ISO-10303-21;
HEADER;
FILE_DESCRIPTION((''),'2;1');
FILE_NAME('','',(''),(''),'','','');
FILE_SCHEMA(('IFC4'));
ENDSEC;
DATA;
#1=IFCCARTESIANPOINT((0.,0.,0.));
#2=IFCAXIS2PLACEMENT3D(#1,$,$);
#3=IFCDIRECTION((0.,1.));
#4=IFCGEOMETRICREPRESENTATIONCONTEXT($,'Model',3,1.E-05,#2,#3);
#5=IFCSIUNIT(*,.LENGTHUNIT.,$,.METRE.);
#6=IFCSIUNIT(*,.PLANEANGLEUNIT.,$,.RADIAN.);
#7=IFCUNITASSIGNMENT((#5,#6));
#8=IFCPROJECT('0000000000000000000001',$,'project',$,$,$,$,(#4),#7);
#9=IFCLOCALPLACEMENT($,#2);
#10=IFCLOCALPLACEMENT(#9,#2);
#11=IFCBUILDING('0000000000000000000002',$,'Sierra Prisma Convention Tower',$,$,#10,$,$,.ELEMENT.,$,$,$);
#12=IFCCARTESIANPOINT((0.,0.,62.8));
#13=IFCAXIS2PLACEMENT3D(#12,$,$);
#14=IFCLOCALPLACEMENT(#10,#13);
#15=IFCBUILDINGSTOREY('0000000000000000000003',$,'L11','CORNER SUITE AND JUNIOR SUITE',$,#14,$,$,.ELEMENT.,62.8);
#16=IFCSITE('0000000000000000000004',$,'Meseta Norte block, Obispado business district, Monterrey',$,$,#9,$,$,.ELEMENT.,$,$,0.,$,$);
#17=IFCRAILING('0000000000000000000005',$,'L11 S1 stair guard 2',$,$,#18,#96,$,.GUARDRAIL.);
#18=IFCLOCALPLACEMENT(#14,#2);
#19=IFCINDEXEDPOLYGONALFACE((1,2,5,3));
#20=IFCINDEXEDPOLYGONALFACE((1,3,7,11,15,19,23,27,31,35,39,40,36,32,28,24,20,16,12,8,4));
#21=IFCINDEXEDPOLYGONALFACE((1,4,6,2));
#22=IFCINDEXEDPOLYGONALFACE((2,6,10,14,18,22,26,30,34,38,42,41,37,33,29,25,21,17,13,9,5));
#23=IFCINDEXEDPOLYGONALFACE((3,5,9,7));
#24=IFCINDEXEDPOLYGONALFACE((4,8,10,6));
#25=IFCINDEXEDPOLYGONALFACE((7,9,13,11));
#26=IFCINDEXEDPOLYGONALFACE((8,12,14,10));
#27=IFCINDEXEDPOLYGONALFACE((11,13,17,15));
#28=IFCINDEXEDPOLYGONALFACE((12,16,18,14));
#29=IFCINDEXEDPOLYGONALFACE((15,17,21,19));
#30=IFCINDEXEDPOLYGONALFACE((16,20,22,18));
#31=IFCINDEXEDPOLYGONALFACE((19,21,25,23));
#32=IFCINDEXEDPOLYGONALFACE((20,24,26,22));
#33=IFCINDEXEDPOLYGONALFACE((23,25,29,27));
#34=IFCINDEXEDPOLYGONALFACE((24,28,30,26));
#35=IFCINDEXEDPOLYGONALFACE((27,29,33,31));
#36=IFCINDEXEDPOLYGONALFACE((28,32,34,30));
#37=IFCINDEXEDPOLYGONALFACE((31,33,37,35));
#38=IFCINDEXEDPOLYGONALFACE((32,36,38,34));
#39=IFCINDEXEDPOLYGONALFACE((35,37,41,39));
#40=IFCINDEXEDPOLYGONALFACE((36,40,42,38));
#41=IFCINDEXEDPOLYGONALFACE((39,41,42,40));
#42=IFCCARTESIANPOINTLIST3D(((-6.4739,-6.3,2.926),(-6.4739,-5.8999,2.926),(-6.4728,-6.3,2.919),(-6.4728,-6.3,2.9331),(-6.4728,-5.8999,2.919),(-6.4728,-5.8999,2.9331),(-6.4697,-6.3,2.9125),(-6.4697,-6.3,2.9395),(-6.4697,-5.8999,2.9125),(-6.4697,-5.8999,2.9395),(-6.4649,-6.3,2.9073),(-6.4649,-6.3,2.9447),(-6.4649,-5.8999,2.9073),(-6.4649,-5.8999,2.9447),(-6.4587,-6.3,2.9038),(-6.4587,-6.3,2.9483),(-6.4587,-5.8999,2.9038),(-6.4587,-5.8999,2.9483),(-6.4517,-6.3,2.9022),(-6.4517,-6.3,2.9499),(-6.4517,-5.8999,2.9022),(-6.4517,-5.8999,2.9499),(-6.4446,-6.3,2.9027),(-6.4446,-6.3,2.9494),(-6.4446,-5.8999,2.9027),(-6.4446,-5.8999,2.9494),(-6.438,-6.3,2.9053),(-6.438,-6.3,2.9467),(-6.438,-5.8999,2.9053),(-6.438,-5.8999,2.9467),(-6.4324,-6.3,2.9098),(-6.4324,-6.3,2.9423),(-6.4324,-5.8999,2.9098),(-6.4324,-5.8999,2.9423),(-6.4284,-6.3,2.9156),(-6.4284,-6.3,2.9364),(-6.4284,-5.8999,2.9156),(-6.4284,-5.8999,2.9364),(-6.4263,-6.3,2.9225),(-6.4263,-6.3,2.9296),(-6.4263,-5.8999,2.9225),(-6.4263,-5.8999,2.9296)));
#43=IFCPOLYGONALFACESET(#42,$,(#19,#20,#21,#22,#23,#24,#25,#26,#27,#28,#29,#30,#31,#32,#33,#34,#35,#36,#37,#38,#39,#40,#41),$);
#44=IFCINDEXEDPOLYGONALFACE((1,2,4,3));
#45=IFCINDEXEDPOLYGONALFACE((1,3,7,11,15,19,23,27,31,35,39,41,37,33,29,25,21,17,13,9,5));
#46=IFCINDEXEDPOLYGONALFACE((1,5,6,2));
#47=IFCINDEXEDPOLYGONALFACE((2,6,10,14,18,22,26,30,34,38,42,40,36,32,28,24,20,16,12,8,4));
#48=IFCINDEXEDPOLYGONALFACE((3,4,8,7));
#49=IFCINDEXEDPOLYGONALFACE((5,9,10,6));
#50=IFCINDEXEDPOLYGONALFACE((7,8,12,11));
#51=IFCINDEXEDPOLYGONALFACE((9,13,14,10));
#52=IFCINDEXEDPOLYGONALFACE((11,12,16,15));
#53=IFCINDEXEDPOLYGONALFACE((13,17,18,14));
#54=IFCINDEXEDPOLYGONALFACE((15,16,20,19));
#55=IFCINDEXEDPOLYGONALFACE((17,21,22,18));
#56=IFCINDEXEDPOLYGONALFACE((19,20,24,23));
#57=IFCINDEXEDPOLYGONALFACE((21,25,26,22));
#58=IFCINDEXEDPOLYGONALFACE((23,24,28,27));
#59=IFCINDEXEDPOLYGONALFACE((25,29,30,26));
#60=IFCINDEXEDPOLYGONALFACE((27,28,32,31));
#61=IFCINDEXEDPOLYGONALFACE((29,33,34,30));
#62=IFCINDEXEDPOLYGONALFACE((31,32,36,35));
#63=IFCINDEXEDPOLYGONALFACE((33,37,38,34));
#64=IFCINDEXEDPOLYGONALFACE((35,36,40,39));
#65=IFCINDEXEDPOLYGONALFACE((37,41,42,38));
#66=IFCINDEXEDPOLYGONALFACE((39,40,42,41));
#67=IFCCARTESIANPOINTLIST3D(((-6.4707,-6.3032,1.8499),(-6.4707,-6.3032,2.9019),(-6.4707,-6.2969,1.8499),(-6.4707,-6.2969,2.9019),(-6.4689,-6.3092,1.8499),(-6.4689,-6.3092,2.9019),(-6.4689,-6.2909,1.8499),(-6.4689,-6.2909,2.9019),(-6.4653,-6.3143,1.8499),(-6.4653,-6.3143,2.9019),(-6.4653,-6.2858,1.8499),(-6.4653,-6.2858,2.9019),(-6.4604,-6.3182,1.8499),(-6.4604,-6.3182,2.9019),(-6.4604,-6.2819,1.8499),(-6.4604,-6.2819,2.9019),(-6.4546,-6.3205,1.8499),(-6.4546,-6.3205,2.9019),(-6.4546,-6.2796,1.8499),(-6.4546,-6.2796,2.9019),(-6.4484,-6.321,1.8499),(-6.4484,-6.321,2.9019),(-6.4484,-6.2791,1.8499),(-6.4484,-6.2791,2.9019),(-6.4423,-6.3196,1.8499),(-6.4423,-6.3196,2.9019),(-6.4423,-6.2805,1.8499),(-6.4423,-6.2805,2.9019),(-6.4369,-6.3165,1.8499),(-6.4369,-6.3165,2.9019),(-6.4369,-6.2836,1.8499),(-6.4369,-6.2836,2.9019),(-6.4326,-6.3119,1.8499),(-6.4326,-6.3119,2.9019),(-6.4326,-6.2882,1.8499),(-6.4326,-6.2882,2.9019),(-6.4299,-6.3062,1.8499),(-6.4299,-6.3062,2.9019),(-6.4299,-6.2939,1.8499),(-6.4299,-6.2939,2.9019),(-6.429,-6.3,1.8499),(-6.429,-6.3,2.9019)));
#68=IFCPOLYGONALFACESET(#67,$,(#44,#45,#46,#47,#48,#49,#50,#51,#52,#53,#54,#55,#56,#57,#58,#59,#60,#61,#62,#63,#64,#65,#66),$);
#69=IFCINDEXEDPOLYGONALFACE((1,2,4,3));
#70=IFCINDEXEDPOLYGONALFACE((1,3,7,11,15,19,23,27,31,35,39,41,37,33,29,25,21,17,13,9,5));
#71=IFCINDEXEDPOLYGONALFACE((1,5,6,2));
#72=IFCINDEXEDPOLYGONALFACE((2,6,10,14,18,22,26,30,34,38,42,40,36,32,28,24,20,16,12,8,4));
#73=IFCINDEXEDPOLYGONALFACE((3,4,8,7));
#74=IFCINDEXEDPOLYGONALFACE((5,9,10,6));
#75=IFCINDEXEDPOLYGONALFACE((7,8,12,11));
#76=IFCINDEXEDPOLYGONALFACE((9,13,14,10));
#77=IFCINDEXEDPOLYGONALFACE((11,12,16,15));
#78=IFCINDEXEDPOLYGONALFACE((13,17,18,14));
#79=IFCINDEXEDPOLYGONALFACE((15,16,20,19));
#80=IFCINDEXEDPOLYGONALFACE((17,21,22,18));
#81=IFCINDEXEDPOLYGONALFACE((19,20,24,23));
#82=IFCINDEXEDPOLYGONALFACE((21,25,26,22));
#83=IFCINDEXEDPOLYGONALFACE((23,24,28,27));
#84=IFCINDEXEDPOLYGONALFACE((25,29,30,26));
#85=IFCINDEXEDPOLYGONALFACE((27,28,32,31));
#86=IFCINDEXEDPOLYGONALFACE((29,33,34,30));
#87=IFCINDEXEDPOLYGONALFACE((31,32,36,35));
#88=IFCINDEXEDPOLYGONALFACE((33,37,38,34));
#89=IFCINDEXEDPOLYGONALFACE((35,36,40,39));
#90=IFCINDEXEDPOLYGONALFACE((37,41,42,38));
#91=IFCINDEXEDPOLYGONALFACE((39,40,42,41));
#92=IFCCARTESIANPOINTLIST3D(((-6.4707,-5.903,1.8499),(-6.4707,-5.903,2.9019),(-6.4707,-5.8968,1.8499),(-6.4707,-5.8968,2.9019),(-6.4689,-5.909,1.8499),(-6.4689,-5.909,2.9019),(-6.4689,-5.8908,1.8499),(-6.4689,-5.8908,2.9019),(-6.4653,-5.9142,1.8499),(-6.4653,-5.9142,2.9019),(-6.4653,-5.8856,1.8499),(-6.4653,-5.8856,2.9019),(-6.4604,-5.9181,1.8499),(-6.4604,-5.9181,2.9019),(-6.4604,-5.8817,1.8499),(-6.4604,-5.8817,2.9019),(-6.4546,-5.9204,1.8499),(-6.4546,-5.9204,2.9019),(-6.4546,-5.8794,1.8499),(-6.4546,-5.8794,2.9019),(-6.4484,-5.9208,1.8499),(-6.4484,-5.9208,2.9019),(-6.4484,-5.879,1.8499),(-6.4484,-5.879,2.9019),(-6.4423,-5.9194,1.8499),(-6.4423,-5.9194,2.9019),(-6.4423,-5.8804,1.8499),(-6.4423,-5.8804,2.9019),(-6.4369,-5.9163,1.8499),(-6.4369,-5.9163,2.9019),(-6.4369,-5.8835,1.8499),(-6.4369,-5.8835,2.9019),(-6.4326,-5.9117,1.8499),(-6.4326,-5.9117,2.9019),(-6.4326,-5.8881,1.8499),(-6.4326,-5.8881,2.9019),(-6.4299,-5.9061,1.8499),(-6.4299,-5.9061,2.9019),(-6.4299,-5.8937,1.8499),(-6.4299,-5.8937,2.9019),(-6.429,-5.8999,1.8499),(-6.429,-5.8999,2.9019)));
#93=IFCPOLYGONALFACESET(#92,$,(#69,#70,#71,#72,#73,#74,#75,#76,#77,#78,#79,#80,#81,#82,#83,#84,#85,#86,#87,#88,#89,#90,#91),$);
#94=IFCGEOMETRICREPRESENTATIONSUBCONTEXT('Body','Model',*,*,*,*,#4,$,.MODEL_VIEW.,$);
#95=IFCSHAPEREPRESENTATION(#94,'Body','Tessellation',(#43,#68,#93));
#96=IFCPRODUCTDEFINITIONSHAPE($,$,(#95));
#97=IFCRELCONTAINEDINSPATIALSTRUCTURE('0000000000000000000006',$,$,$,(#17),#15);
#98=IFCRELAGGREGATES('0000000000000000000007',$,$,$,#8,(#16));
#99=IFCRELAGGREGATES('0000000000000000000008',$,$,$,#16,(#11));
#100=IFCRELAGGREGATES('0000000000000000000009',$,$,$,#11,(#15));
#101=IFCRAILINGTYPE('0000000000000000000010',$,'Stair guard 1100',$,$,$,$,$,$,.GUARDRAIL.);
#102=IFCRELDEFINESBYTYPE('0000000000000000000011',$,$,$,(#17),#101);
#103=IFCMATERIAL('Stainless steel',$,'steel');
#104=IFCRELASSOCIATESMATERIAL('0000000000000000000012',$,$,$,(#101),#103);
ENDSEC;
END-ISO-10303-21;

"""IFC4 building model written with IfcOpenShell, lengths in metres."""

from ifc_helpers import new_model, si_unit, direction, frame, origin, origin_2d, place, context, subcontext, project, spatial, circle, extrude, material, type_object, element, save


model = new_model("IFC4")

# Units and contexts
model_context = context("Model", 3, precision=1e-05, world=origin(), true_north=direction((0.0, 1.0)))
body_context = subcontext(model_context, "Body", "Model", "MODEL_VIEW")
ifc_project = project(units=[si_unit("LENGTHUNIT", "METRE"), si_unit("PLANEANGLEUNIT", "RADIAN")], contexts=[model_context])

# Site, building, storey
site_placement = place(None, origin())
site = spatial("IfcSite", under=ifc_project, at=site_placement, Name="Meseta Norte block, Obispado business district, Monterrey", CompositionType="ELEMENT", RefElevation=0.0)
building_placement = place(site_placement, origin())
building = spatial("IfcBuilding", under=site, at=building_placement, Name="Sierra Prisma Convention Tower", CompositionType="ELEMENT")
storey_placement = place(building_placement, frame((0.0, 0.0, 62.8)))
storey = spatial("IfcBuildingStorey", under=building, at=storey_placement, Name="L11", Description="CORNER SUITE AND JUNIOR SUITE", CompositionType="ELEMENT", Elevation=62.8)

# Railing
ifc_material_1 = material(Name="Stainless steel", Category="steel")
railing_type_1 = type_object("IfcRailingType", Name="Stair guard 1100", PredefinedType="GUARDRAIL", material=ifc_material_1)
railing_1_placement = place(storey_placement, frame((-6.45, -6.3, 1.8499)))
element("IfcRailing", 1, at=railing_1_placement, inside=storey, type_object=railing_type_1, Name="L11 S1 stair guard 2", PredefinedType="GUARDRAIL", context=body_context, shape_type="SweptSolid", body=[
    extrude(circle(Radius=0.0239, at=origin_2d()), frame((0.0, 0.0, 1.0762), z_axis=(0.0, 1.0, 0.0), x_axis=(-1.0, 0.0, 0.0)), (0.0, 0.0, 1.0), 0.4001),
    extrude(circle(Radius=0.021, at=origin_2d()), origin(), (0.0, 0.0, 1.0), 1.052),
    extrude(circle(Radius=0.021, at=origin_2d()), frame((0.0, 0.4001, 0.0)), (0.0, 0.0, 1.0), 1.052),
])

save(model, "model.ifc")
